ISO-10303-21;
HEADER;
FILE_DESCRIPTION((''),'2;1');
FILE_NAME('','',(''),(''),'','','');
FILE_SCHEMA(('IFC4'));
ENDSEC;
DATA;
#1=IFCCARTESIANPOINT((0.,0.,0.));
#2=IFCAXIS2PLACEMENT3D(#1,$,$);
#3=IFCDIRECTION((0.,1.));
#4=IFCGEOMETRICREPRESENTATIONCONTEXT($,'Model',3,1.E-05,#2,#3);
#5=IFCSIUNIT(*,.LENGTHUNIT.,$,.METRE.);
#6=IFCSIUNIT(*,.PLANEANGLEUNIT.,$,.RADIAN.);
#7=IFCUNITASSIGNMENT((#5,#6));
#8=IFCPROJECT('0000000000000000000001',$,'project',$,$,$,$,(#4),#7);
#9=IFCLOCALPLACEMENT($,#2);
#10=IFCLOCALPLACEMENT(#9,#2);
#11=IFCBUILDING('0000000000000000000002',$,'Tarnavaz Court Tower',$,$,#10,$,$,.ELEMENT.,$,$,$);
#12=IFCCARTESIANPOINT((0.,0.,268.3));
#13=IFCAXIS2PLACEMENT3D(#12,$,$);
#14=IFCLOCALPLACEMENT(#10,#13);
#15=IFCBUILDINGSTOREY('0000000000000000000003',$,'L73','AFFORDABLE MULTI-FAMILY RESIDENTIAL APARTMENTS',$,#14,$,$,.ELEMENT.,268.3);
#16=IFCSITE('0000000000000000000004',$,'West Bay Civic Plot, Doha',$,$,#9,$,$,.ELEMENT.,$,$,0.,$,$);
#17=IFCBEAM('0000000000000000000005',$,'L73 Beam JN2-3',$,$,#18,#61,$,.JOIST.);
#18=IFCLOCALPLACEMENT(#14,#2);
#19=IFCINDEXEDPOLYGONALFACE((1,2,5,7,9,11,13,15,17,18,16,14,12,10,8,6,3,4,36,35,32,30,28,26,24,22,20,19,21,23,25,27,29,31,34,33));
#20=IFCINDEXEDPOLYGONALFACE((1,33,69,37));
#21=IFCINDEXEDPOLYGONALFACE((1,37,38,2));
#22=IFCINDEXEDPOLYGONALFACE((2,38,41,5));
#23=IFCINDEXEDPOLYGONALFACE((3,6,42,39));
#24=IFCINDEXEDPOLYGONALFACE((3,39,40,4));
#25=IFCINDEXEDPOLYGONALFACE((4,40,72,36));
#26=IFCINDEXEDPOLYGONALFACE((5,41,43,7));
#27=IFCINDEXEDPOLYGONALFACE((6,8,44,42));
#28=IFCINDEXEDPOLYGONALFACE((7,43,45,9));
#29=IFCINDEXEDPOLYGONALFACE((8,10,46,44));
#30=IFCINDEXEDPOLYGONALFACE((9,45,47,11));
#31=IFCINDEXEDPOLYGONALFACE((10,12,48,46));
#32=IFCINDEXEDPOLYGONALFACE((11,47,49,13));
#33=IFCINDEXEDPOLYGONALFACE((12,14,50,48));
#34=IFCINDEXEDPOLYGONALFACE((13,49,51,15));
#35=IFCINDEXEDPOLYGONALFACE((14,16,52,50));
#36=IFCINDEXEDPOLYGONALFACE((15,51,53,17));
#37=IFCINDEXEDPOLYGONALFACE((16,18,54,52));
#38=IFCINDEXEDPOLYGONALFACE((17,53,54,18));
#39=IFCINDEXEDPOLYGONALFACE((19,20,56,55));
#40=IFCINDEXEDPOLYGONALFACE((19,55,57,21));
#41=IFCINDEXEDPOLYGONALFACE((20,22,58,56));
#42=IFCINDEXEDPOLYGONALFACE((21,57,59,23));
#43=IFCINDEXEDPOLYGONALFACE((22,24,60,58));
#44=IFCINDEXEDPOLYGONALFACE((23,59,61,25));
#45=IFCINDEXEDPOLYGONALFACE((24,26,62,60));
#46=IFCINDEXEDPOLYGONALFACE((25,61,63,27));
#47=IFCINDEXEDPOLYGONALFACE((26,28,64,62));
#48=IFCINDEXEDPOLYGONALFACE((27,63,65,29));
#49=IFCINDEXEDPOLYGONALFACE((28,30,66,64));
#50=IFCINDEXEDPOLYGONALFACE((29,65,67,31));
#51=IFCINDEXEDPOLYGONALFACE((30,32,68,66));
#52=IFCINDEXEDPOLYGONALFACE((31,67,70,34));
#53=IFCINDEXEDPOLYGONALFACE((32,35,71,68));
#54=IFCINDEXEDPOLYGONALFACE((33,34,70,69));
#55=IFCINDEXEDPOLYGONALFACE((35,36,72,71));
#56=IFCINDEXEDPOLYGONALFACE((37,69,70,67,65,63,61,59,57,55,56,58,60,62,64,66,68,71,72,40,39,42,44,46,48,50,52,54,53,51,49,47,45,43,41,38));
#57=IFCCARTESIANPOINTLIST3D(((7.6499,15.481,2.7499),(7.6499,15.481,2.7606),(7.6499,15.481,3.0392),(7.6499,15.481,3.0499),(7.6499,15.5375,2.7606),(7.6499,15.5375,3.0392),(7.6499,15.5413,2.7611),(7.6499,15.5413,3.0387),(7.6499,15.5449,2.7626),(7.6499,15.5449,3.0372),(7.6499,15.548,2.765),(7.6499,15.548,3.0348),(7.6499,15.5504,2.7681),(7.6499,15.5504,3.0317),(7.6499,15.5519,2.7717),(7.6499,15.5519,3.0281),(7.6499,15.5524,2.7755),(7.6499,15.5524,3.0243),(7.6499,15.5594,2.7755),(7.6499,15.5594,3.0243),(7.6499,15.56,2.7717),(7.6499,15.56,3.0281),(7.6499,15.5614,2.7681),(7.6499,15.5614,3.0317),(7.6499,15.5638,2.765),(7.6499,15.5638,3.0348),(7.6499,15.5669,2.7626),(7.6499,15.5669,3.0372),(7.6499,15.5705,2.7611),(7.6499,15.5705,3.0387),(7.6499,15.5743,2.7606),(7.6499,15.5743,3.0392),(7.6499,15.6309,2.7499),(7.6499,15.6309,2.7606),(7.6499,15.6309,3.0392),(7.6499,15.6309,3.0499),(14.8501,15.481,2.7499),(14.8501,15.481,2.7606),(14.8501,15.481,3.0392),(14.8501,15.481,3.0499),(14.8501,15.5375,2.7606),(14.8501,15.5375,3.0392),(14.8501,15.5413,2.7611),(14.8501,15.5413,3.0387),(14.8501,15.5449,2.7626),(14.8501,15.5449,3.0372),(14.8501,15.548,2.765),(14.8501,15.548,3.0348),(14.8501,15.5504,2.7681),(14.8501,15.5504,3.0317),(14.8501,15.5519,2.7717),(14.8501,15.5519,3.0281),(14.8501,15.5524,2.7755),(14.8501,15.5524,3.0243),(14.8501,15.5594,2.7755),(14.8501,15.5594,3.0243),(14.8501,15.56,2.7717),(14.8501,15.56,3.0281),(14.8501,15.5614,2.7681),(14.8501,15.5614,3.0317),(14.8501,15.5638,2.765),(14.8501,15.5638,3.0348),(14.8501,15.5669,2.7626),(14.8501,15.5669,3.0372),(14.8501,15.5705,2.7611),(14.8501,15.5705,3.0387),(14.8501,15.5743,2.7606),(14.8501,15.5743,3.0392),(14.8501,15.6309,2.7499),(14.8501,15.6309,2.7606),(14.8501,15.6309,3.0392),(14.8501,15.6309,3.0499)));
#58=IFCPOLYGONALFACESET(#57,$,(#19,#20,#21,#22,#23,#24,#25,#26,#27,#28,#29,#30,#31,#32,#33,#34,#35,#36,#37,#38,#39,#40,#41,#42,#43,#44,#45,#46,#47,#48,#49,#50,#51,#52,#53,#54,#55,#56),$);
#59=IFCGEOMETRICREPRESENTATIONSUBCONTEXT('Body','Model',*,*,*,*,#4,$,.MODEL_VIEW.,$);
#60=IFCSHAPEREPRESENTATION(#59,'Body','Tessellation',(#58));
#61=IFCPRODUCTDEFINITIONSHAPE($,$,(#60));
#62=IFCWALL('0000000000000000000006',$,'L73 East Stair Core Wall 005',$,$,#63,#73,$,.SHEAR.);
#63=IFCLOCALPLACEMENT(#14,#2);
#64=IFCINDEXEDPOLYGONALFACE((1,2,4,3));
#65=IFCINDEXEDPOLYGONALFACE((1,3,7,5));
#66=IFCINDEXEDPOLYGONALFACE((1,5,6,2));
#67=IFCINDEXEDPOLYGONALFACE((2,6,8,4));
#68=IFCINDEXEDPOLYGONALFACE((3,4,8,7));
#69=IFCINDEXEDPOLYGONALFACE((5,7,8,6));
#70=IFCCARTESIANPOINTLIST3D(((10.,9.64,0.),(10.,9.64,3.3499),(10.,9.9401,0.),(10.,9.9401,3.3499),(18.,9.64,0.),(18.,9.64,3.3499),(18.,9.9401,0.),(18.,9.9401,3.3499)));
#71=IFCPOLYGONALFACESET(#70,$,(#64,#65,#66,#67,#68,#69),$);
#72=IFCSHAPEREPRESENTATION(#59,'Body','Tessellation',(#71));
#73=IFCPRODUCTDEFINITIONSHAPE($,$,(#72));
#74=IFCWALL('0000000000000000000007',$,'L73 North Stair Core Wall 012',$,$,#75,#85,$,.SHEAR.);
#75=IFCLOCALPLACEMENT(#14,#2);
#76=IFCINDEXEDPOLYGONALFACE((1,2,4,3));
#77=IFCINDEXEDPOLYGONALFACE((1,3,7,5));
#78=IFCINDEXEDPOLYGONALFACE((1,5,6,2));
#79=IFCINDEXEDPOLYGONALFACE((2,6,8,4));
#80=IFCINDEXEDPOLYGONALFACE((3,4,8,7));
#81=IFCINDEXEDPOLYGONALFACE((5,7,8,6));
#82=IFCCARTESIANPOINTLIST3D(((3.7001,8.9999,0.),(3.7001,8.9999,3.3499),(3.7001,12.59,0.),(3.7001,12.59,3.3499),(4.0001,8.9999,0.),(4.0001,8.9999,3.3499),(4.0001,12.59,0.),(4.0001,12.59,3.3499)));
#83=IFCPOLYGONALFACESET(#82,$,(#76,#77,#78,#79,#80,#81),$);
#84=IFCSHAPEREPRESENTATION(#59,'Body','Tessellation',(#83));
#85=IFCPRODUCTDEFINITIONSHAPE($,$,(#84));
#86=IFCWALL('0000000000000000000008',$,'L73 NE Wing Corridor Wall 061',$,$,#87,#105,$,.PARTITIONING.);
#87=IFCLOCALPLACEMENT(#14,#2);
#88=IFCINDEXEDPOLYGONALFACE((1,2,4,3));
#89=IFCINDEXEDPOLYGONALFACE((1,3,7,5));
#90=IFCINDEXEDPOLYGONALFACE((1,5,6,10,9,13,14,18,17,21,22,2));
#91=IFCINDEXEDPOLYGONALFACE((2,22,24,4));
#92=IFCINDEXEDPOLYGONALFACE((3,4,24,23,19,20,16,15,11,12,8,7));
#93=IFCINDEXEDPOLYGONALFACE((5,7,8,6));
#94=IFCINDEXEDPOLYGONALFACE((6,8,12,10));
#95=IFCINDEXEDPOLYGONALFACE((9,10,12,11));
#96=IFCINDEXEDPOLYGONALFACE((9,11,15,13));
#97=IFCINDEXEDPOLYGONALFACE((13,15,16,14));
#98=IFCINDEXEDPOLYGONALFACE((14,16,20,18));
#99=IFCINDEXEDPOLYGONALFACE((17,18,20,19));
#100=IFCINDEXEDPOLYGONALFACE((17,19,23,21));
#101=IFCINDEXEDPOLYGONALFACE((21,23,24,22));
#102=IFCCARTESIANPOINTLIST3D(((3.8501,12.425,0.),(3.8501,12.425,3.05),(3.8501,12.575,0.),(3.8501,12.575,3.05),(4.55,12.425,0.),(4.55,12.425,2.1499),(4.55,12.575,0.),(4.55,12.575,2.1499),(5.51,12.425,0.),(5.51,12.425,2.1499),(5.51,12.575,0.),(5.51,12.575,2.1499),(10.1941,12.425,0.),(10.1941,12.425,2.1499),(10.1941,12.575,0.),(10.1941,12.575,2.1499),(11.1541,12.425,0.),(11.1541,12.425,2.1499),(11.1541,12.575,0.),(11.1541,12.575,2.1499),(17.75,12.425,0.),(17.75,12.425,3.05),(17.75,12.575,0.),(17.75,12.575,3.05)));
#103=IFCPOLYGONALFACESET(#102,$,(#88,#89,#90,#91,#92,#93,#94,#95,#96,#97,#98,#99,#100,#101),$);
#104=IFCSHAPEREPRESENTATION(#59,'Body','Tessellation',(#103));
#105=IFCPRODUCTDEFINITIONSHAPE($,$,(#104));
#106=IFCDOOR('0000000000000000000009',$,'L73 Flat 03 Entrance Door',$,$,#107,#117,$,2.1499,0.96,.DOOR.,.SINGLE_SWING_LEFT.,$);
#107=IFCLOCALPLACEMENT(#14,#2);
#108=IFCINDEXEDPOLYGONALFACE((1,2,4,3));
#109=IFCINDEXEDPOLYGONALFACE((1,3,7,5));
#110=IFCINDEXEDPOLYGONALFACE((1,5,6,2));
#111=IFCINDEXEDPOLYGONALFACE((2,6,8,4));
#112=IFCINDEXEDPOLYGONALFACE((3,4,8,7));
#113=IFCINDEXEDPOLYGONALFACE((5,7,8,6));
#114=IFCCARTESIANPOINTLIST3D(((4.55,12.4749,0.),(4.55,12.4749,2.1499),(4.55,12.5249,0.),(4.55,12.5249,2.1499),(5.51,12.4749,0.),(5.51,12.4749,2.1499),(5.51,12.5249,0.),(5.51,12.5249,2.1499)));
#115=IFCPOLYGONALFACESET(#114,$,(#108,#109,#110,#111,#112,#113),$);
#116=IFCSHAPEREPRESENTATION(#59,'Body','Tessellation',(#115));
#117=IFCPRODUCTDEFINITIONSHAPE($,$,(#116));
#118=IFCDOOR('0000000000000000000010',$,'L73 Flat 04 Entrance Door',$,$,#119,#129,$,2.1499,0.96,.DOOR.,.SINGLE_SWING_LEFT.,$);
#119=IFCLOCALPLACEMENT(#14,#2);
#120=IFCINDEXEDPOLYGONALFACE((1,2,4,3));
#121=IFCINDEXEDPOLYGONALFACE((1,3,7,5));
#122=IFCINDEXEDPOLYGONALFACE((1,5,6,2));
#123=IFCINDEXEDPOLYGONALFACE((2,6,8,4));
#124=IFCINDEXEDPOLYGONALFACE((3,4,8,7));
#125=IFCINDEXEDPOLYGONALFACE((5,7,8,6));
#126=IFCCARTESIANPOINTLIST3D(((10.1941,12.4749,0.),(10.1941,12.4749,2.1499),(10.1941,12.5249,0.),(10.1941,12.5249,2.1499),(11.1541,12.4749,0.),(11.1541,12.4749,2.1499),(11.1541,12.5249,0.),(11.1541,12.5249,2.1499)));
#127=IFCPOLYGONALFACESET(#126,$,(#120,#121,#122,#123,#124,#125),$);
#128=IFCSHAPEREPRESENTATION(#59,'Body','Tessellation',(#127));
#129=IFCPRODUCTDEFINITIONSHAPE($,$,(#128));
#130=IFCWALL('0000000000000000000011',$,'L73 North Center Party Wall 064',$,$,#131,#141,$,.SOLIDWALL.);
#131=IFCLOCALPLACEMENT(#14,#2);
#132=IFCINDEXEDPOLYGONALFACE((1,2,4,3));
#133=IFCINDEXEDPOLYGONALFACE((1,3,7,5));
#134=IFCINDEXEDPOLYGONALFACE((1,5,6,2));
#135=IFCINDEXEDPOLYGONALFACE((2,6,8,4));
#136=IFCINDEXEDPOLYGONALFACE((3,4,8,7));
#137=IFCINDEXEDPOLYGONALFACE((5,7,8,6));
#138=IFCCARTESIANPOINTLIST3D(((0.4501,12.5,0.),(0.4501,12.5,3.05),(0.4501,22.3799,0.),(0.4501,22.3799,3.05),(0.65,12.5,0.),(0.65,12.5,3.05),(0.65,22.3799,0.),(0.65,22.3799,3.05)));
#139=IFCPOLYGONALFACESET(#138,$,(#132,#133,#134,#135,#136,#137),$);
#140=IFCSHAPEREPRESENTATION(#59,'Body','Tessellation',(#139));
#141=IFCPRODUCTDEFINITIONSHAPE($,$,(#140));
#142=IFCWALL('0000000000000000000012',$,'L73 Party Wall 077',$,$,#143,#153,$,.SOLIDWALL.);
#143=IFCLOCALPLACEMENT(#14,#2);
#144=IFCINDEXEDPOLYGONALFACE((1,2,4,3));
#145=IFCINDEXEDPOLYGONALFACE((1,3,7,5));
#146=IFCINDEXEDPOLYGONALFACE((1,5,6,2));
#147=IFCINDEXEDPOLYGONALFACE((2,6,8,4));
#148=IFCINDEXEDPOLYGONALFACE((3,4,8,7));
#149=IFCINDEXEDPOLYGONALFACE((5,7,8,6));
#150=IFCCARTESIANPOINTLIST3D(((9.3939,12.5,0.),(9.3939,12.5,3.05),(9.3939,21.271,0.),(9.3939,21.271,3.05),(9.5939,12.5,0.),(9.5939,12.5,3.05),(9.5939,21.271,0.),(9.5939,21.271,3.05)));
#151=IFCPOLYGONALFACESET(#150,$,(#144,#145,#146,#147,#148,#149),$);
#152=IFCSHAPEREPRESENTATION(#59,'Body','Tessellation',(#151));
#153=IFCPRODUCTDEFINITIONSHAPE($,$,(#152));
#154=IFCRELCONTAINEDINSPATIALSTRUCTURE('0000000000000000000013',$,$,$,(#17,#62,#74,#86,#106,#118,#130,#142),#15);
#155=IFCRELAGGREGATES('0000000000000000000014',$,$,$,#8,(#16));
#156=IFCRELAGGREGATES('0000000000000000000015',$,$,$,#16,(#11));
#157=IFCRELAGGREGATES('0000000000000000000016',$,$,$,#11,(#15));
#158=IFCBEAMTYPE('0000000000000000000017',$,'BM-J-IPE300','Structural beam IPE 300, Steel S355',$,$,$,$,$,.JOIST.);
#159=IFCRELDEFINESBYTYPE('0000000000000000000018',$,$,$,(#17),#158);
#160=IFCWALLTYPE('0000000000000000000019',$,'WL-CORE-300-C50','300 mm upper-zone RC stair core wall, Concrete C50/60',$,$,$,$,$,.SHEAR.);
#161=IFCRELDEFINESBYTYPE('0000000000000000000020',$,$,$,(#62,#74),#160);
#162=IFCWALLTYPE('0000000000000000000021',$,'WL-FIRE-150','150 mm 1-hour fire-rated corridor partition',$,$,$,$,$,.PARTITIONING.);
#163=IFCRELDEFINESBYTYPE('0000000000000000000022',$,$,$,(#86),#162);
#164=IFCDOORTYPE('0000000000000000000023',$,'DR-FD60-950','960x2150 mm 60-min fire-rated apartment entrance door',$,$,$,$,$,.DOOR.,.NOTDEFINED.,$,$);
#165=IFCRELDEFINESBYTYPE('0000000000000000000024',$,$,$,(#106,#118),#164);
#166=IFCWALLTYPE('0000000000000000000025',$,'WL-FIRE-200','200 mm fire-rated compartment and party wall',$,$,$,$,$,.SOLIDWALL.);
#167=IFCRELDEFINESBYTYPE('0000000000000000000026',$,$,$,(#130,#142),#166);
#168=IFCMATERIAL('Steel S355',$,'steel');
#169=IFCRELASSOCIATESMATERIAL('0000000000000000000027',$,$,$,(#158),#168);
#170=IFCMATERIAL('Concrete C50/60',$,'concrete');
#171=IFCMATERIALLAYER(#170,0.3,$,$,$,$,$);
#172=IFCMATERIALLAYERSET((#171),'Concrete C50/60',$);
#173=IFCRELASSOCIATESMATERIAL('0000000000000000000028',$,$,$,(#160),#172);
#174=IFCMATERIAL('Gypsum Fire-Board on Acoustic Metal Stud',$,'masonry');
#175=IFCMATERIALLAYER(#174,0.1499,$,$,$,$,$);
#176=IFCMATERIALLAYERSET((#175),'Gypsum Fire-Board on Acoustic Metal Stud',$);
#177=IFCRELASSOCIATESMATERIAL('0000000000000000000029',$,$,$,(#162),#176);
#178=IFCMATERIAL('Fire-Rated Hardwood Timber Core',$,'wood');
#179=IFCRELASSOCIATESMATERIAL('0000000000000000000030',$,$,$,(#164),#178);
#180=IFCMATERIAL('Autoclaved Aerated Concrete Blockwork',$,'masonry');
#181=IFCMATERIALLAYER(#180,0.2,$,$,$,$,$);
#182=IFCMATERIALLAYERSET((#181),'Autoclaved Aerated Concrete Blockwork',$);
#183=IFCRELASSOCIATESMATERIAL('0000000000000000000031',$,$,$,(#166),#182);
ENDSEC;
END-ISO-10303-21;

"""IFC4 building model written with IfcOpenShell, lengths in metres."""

from ifc_helpers import new_model, si_unit, direction, frame, frame_2d, origin, origin_2d, place, context, subcontext, project, spatial, rectangle, i_section, extrude, material, layer, layer_set, material_profile, profile_set, type_object, element, fill, save


model = new_model("IFC4")

# Units and contexts
model_context = context("Model", 3, precision=1e-05, world=origin(), true_north=direction((0.0, 1.0)))
body_context = subcontext(model_context, "Body", "Model", "MODEL_VIEW")
ifc_project = project(units=[si_unit("LENGTHUNIT", "METRE"), si_unit("PLANEANGLEUNIT", "RADIAN")], contexts=[model_context])

# Site, building, storey
site_placement = place(None, origin())
site = spatial("IfcSite", under=ifc_project, at=site_placement, Name="West Bay Civic Plot, Doha", CompositionType="ELEMENT", RefElevation=0.0)
building_placement = place(site_placement, origin())
building = spatial("IfcBuilding", under=site, at=building_placement, Name="Tarnavaz Court Tower", CompositionType="ELEMENT")
storey_placement = place(building_placement, frame((0.0, 0.0, 268.3)))
storey = spatial("IfcBuildingStorey", under=building, at=storey_placement, Name="L73", Description="AFFORDABLE MULTI-FAMILY RESIDENTIAL APARTMENTS", CompositionType="ELEMENT", Elevation=268.3)

# Shared definitions
ifc_material_1 = material(Name="Concrete C50/60", Category="concrete")

# Beam
ifc_material_2 = material(Name="Steel S355", Category="steel")
ifc_material_profile_1 = material_profile(ifc_material_2, i_section(OverallWidth=0.1499, OverallDepth=0.3, WebThickness=0.0071, FlangeThickness=0.0107, FilletRadius=0.0149, at=origin_2d()), Name="IPE 300")
ifc_profile_set_1 = profile_set([ifc_material_profile_1], Name="Steel S355")
beam_type_1 = type_object("IfcBeamType", Name="BM-J-IPE300", Description="Structural beam IPE 300, Steel S355", PredefinedType="JOIST", material=ifc_profile_set_1)
for number, where, z_axis, x_axis, name in (
    (1, (7.6499, 15.5559, 2.8999), (1.0, 0.0, 0.0), (0.0, 1.0, 0.0), "L73 Beam JN2-3"),
):
    element("IfcBeam", number, at=place(storey_placement, frame(where, z_axis=z_axis, x_axis=x_axis)), inside=storey, type_object=beam_type_1, Name=name, PredefinedType="JOIST", context=body_context, shape_type="SweptSolid", body=[
        extrude(i_section(OverallWidth=0.1499, OverallDepth=0.3, WebThickness=0.0071, FlangeThickness=0.0107, FilletRadius=0.0149, at=origin_2d()), origin(), (0.0, 0.0, 1.0), 7.2002),
    ])

# Wall
ifc_layer_1 = layer(ifc_material_1, 0.3)
ifc_layer_set_1 = layer_set([ifc_layer_1], Name="Concrete C50/60")
wall_type_1 = type_object("IfcWallType", Name="WL-CORE-300-C50", Description="300 mm upper-zone RC stair core wall, Concrete C50/60", PredefinedType="SHEAR", material=ifc_layer_set_1)
wall_1_placement = place(storey_placement, frame((10.0, 9.79, 0.0), z_axis=(0.0, 0.0, 1.0), x_axis=(1.0, 0.0, 0.0)))
element("IfcWall", 2, at=wall_1_placement, inside=storey, type_object=wall_type_1, Name="L73 East Stair Core Wall 005", PredefinedType="SHEAR", context=body_context, shape_type="SweptSolid", body=[
    extrude(rectangle(XDim=8.0, YDim=0.3, at=frame_2d((4.0, 0.0))), origin(), (0.0, 0.0, 1.0), 3.3499),
])

# Shared definitions
ifc_material_3 = material(Name="Fire-Rated Hardwood Timber Core", Category="wood")

# Wall
wall_2_placement = place(storey_placement, frame((3.8501, 9.0, 0.0), z_axis=(0.0, 0.0, 1.0), x_axis=(0.0, 1.0, 0.0)))
element("IfcWall", 3, at=wall_2_placement, inside=storey, type_object=wall_type_1, Name="L73 North Stair Core Wall 012", PredefinedType="SHEAR", context=body_context, shape_type="SweptSolid", body=[
    extrude(rectangle(XDim=3.5901, YDim=0.3, at=frame_2d((1.7949, 0.0))), origin(), (0.0, 0.0, 1.0), 3.3499),
])

# Wall, openings, doors
ifc_material_4 = material(Name="Gypsum Fire-Board on Acoustic Metal Stud", Category="masonry")
ifc_layer_2 = layer(ifc_material_4, 0.1499)
ifc_layer_set_2 = layer_set([ifc_layer_2], Name="Gypsum Fire-Board on Acoustic Metal Stud")
wall_type_2 = type_object("IfcWallType", Name="WL-FIRE-150", Description="150 mm 1-hour fire-rated corridor partition", PredefinedType="PARTITIONING", material=ifc_layer_set_2)
wall_3_placement = place(storey_placement, frame((3.8501, 12.5, 0.0), z_axis=(0.0, 0.0, 1.0), x_axis=(1.0, 0.0, 0.0)))
wall_3 = element("IfcWall", 4, at=wall_3_placement, inside=storey, type_object=wall_type_2, Name="L73 NE Wing Corridor Wall 061", PredefinedType="PARTITIONING", context=body_context, shape_type="SweptSolid", body=[
    extrude(rectangle(XDim=13.8999, YDim=0.1499, at=frame_2d((6.95, 0.0))), origin(), (0.0, 0.0, 1.0), 3.05),
])
opening_1_placement = place(wall_3_placement, frame((0.7, 0.0, 0.0)))
opening_1 = element("IfcOpeningElement", 5, at=opening_1_placement, cuts=wall_3, PredefinedType="OPENING", context=body_context, shape_type="SweptSolid", body=[
    extrude(rectangle(XDim=0.96, YDim=2.1499, at=frame_2d((0.48, 1.075))), frame((0.0, 0.085, 0.0), z_axis=(0.0, -1.0, 0.0), x_axis=(1.0, 0.0, 0.0)), (0.0, 0.0, 1.0), 0.1699),
])
opening_2_placement = place(wall_3_placement, frame((6.344, 0.0, 0.0)))
opening_2 = element("IfcOpeningElement", 6, at=opening_2_placement, cuts=wall_3, PredefinedType="OPENING", context=body_context, shape_type="SweptSolid", body=[
    extrude(rectangle(XDim=0.96, YDim=2.1499, at=frame_2d((0.48, 1.075))), frame((0.0, 0.085, 0.0), z_axis=(0.0, -1.0, 0.0), x_axis=(1.0, 0.0, 0.0)), (0.0, 0.0, 1.0), 0.1699),
])
door_type_1 = type_object("IfcDoorType", Name="DR-FD60-950", Description="960x2150 mm 60-min fire-rated apartment entrance door", OperationType="NOTDEFINED", PredefinedType="DOOR", material=ifc_material_3)
door_1_placement = place(opening_1_placement, origin())
door_1 = element("IfcDoor", 7, at=door_1_placement, inside=storey, type_object=door_type_1, Name="L73 Flat 03 Entrance Door", OperationType="SINGLE_SWING_LEFT", OverallHeight=2.1499, OverallWidth=0.96, PredefinedType="DOOR", context=body_context, shape_type="SweptSolid", body=[
    extrude(rectangle(XDim=0.96, YDim=2.1499, at=frame_2d((0.48, 1.075))), frame((0.0, 0.0249, 0.0), z_axis=(0.0, -1.0, 0.0), x_axis=(1.0, 0.0, 0.0)), (0.0, 0.0, 1.0), 0.05),
])
fill(opening_1, door_1)
door_2_placement = place(opening_2_placement, origin())
door_2 = element("IfcDoor", 8, at=door_2_placement, inside=storey, type_object=door_type_1, Name="L73 Flat 04 Entrance Door", OperationType="SINGLE_SWING_LEFT", OverallHeight=2.1499, OverallWidth=0.96, PredefinedType="DOOR", context=body_context, shape_type="SweptSolid", body=[
    extrude(rectangle(XDim=0.96, YDim=2.1499, at=frame_2d((0.48, 1.075))), frame((0.0, 0.0249, 0.0), z_axis=(0.0, -1.0, 0.0), x_axis=(1.0, 0.0, 0.0)), (0.0, 0.0, 1.0), 0.05),
])
fill(opening_2, door_2)

# Walls
ifc_material_5 = material(Name="Autoclaved Aerated Concrete Blockwork", Category="masonry")
ifc_layer_3 = layer(ifc_material_5, 0.2)
ifc_layer_set_3 = layer_set([ifc_layer_3], Name="Autoclaved Aerated Concrete Blockwork")
wall_type_3 = type_object("IfcWallType", Name="WL-FIRE-200", Description="200 mm fire-rated compartment and party wall", PredefinedType="SOLIDWALL", material=ifc_layer_set_3)
wall_4_placement = place(storey_placement, frame((0.55, 12.5, 0.0), z_axis=(0.0, 0.0, 1.0), x_axis=(0.0, 1.0, 0.0)))
element("IfcWall", 9, at=wall_4_placement, inside=storey, type_object=wall_type_3, Name="L73 North Center Party Wall 064", PredefinedType="SOLIDWALL", context=body_context, shape_type="SweptSolid", body=[
    extrude(rectangle(XDim=9.8799, YDim=0.2, at=frame_2d((4.9399, 0.0))), origin(), (0.0, 0.0, 1.0), 3.05),
])
wall_5_placement = place(storey_placement, frame((9.4939, 12.5, 0.0), z_axis=(0.0, 0.0, 1.0), x_axis=(0.0, 1.0, 0.0)))
element("IfcWall", 10, at=wall_5_placement, inside=storey, type_object=wall_type_3, Name="L73 Party Wall 077", PredefinedType="SOLIDWALL", context=body_context, shape_type="SweptSolid", body=[
    extrude(rectangle(XDim=8.771, YDim=0.2, at=frame_2d((4.3855, 0.0))), origin(), (0.0, 0.0, 1.0), 3.05),
])

save(model, "model.ifc")
